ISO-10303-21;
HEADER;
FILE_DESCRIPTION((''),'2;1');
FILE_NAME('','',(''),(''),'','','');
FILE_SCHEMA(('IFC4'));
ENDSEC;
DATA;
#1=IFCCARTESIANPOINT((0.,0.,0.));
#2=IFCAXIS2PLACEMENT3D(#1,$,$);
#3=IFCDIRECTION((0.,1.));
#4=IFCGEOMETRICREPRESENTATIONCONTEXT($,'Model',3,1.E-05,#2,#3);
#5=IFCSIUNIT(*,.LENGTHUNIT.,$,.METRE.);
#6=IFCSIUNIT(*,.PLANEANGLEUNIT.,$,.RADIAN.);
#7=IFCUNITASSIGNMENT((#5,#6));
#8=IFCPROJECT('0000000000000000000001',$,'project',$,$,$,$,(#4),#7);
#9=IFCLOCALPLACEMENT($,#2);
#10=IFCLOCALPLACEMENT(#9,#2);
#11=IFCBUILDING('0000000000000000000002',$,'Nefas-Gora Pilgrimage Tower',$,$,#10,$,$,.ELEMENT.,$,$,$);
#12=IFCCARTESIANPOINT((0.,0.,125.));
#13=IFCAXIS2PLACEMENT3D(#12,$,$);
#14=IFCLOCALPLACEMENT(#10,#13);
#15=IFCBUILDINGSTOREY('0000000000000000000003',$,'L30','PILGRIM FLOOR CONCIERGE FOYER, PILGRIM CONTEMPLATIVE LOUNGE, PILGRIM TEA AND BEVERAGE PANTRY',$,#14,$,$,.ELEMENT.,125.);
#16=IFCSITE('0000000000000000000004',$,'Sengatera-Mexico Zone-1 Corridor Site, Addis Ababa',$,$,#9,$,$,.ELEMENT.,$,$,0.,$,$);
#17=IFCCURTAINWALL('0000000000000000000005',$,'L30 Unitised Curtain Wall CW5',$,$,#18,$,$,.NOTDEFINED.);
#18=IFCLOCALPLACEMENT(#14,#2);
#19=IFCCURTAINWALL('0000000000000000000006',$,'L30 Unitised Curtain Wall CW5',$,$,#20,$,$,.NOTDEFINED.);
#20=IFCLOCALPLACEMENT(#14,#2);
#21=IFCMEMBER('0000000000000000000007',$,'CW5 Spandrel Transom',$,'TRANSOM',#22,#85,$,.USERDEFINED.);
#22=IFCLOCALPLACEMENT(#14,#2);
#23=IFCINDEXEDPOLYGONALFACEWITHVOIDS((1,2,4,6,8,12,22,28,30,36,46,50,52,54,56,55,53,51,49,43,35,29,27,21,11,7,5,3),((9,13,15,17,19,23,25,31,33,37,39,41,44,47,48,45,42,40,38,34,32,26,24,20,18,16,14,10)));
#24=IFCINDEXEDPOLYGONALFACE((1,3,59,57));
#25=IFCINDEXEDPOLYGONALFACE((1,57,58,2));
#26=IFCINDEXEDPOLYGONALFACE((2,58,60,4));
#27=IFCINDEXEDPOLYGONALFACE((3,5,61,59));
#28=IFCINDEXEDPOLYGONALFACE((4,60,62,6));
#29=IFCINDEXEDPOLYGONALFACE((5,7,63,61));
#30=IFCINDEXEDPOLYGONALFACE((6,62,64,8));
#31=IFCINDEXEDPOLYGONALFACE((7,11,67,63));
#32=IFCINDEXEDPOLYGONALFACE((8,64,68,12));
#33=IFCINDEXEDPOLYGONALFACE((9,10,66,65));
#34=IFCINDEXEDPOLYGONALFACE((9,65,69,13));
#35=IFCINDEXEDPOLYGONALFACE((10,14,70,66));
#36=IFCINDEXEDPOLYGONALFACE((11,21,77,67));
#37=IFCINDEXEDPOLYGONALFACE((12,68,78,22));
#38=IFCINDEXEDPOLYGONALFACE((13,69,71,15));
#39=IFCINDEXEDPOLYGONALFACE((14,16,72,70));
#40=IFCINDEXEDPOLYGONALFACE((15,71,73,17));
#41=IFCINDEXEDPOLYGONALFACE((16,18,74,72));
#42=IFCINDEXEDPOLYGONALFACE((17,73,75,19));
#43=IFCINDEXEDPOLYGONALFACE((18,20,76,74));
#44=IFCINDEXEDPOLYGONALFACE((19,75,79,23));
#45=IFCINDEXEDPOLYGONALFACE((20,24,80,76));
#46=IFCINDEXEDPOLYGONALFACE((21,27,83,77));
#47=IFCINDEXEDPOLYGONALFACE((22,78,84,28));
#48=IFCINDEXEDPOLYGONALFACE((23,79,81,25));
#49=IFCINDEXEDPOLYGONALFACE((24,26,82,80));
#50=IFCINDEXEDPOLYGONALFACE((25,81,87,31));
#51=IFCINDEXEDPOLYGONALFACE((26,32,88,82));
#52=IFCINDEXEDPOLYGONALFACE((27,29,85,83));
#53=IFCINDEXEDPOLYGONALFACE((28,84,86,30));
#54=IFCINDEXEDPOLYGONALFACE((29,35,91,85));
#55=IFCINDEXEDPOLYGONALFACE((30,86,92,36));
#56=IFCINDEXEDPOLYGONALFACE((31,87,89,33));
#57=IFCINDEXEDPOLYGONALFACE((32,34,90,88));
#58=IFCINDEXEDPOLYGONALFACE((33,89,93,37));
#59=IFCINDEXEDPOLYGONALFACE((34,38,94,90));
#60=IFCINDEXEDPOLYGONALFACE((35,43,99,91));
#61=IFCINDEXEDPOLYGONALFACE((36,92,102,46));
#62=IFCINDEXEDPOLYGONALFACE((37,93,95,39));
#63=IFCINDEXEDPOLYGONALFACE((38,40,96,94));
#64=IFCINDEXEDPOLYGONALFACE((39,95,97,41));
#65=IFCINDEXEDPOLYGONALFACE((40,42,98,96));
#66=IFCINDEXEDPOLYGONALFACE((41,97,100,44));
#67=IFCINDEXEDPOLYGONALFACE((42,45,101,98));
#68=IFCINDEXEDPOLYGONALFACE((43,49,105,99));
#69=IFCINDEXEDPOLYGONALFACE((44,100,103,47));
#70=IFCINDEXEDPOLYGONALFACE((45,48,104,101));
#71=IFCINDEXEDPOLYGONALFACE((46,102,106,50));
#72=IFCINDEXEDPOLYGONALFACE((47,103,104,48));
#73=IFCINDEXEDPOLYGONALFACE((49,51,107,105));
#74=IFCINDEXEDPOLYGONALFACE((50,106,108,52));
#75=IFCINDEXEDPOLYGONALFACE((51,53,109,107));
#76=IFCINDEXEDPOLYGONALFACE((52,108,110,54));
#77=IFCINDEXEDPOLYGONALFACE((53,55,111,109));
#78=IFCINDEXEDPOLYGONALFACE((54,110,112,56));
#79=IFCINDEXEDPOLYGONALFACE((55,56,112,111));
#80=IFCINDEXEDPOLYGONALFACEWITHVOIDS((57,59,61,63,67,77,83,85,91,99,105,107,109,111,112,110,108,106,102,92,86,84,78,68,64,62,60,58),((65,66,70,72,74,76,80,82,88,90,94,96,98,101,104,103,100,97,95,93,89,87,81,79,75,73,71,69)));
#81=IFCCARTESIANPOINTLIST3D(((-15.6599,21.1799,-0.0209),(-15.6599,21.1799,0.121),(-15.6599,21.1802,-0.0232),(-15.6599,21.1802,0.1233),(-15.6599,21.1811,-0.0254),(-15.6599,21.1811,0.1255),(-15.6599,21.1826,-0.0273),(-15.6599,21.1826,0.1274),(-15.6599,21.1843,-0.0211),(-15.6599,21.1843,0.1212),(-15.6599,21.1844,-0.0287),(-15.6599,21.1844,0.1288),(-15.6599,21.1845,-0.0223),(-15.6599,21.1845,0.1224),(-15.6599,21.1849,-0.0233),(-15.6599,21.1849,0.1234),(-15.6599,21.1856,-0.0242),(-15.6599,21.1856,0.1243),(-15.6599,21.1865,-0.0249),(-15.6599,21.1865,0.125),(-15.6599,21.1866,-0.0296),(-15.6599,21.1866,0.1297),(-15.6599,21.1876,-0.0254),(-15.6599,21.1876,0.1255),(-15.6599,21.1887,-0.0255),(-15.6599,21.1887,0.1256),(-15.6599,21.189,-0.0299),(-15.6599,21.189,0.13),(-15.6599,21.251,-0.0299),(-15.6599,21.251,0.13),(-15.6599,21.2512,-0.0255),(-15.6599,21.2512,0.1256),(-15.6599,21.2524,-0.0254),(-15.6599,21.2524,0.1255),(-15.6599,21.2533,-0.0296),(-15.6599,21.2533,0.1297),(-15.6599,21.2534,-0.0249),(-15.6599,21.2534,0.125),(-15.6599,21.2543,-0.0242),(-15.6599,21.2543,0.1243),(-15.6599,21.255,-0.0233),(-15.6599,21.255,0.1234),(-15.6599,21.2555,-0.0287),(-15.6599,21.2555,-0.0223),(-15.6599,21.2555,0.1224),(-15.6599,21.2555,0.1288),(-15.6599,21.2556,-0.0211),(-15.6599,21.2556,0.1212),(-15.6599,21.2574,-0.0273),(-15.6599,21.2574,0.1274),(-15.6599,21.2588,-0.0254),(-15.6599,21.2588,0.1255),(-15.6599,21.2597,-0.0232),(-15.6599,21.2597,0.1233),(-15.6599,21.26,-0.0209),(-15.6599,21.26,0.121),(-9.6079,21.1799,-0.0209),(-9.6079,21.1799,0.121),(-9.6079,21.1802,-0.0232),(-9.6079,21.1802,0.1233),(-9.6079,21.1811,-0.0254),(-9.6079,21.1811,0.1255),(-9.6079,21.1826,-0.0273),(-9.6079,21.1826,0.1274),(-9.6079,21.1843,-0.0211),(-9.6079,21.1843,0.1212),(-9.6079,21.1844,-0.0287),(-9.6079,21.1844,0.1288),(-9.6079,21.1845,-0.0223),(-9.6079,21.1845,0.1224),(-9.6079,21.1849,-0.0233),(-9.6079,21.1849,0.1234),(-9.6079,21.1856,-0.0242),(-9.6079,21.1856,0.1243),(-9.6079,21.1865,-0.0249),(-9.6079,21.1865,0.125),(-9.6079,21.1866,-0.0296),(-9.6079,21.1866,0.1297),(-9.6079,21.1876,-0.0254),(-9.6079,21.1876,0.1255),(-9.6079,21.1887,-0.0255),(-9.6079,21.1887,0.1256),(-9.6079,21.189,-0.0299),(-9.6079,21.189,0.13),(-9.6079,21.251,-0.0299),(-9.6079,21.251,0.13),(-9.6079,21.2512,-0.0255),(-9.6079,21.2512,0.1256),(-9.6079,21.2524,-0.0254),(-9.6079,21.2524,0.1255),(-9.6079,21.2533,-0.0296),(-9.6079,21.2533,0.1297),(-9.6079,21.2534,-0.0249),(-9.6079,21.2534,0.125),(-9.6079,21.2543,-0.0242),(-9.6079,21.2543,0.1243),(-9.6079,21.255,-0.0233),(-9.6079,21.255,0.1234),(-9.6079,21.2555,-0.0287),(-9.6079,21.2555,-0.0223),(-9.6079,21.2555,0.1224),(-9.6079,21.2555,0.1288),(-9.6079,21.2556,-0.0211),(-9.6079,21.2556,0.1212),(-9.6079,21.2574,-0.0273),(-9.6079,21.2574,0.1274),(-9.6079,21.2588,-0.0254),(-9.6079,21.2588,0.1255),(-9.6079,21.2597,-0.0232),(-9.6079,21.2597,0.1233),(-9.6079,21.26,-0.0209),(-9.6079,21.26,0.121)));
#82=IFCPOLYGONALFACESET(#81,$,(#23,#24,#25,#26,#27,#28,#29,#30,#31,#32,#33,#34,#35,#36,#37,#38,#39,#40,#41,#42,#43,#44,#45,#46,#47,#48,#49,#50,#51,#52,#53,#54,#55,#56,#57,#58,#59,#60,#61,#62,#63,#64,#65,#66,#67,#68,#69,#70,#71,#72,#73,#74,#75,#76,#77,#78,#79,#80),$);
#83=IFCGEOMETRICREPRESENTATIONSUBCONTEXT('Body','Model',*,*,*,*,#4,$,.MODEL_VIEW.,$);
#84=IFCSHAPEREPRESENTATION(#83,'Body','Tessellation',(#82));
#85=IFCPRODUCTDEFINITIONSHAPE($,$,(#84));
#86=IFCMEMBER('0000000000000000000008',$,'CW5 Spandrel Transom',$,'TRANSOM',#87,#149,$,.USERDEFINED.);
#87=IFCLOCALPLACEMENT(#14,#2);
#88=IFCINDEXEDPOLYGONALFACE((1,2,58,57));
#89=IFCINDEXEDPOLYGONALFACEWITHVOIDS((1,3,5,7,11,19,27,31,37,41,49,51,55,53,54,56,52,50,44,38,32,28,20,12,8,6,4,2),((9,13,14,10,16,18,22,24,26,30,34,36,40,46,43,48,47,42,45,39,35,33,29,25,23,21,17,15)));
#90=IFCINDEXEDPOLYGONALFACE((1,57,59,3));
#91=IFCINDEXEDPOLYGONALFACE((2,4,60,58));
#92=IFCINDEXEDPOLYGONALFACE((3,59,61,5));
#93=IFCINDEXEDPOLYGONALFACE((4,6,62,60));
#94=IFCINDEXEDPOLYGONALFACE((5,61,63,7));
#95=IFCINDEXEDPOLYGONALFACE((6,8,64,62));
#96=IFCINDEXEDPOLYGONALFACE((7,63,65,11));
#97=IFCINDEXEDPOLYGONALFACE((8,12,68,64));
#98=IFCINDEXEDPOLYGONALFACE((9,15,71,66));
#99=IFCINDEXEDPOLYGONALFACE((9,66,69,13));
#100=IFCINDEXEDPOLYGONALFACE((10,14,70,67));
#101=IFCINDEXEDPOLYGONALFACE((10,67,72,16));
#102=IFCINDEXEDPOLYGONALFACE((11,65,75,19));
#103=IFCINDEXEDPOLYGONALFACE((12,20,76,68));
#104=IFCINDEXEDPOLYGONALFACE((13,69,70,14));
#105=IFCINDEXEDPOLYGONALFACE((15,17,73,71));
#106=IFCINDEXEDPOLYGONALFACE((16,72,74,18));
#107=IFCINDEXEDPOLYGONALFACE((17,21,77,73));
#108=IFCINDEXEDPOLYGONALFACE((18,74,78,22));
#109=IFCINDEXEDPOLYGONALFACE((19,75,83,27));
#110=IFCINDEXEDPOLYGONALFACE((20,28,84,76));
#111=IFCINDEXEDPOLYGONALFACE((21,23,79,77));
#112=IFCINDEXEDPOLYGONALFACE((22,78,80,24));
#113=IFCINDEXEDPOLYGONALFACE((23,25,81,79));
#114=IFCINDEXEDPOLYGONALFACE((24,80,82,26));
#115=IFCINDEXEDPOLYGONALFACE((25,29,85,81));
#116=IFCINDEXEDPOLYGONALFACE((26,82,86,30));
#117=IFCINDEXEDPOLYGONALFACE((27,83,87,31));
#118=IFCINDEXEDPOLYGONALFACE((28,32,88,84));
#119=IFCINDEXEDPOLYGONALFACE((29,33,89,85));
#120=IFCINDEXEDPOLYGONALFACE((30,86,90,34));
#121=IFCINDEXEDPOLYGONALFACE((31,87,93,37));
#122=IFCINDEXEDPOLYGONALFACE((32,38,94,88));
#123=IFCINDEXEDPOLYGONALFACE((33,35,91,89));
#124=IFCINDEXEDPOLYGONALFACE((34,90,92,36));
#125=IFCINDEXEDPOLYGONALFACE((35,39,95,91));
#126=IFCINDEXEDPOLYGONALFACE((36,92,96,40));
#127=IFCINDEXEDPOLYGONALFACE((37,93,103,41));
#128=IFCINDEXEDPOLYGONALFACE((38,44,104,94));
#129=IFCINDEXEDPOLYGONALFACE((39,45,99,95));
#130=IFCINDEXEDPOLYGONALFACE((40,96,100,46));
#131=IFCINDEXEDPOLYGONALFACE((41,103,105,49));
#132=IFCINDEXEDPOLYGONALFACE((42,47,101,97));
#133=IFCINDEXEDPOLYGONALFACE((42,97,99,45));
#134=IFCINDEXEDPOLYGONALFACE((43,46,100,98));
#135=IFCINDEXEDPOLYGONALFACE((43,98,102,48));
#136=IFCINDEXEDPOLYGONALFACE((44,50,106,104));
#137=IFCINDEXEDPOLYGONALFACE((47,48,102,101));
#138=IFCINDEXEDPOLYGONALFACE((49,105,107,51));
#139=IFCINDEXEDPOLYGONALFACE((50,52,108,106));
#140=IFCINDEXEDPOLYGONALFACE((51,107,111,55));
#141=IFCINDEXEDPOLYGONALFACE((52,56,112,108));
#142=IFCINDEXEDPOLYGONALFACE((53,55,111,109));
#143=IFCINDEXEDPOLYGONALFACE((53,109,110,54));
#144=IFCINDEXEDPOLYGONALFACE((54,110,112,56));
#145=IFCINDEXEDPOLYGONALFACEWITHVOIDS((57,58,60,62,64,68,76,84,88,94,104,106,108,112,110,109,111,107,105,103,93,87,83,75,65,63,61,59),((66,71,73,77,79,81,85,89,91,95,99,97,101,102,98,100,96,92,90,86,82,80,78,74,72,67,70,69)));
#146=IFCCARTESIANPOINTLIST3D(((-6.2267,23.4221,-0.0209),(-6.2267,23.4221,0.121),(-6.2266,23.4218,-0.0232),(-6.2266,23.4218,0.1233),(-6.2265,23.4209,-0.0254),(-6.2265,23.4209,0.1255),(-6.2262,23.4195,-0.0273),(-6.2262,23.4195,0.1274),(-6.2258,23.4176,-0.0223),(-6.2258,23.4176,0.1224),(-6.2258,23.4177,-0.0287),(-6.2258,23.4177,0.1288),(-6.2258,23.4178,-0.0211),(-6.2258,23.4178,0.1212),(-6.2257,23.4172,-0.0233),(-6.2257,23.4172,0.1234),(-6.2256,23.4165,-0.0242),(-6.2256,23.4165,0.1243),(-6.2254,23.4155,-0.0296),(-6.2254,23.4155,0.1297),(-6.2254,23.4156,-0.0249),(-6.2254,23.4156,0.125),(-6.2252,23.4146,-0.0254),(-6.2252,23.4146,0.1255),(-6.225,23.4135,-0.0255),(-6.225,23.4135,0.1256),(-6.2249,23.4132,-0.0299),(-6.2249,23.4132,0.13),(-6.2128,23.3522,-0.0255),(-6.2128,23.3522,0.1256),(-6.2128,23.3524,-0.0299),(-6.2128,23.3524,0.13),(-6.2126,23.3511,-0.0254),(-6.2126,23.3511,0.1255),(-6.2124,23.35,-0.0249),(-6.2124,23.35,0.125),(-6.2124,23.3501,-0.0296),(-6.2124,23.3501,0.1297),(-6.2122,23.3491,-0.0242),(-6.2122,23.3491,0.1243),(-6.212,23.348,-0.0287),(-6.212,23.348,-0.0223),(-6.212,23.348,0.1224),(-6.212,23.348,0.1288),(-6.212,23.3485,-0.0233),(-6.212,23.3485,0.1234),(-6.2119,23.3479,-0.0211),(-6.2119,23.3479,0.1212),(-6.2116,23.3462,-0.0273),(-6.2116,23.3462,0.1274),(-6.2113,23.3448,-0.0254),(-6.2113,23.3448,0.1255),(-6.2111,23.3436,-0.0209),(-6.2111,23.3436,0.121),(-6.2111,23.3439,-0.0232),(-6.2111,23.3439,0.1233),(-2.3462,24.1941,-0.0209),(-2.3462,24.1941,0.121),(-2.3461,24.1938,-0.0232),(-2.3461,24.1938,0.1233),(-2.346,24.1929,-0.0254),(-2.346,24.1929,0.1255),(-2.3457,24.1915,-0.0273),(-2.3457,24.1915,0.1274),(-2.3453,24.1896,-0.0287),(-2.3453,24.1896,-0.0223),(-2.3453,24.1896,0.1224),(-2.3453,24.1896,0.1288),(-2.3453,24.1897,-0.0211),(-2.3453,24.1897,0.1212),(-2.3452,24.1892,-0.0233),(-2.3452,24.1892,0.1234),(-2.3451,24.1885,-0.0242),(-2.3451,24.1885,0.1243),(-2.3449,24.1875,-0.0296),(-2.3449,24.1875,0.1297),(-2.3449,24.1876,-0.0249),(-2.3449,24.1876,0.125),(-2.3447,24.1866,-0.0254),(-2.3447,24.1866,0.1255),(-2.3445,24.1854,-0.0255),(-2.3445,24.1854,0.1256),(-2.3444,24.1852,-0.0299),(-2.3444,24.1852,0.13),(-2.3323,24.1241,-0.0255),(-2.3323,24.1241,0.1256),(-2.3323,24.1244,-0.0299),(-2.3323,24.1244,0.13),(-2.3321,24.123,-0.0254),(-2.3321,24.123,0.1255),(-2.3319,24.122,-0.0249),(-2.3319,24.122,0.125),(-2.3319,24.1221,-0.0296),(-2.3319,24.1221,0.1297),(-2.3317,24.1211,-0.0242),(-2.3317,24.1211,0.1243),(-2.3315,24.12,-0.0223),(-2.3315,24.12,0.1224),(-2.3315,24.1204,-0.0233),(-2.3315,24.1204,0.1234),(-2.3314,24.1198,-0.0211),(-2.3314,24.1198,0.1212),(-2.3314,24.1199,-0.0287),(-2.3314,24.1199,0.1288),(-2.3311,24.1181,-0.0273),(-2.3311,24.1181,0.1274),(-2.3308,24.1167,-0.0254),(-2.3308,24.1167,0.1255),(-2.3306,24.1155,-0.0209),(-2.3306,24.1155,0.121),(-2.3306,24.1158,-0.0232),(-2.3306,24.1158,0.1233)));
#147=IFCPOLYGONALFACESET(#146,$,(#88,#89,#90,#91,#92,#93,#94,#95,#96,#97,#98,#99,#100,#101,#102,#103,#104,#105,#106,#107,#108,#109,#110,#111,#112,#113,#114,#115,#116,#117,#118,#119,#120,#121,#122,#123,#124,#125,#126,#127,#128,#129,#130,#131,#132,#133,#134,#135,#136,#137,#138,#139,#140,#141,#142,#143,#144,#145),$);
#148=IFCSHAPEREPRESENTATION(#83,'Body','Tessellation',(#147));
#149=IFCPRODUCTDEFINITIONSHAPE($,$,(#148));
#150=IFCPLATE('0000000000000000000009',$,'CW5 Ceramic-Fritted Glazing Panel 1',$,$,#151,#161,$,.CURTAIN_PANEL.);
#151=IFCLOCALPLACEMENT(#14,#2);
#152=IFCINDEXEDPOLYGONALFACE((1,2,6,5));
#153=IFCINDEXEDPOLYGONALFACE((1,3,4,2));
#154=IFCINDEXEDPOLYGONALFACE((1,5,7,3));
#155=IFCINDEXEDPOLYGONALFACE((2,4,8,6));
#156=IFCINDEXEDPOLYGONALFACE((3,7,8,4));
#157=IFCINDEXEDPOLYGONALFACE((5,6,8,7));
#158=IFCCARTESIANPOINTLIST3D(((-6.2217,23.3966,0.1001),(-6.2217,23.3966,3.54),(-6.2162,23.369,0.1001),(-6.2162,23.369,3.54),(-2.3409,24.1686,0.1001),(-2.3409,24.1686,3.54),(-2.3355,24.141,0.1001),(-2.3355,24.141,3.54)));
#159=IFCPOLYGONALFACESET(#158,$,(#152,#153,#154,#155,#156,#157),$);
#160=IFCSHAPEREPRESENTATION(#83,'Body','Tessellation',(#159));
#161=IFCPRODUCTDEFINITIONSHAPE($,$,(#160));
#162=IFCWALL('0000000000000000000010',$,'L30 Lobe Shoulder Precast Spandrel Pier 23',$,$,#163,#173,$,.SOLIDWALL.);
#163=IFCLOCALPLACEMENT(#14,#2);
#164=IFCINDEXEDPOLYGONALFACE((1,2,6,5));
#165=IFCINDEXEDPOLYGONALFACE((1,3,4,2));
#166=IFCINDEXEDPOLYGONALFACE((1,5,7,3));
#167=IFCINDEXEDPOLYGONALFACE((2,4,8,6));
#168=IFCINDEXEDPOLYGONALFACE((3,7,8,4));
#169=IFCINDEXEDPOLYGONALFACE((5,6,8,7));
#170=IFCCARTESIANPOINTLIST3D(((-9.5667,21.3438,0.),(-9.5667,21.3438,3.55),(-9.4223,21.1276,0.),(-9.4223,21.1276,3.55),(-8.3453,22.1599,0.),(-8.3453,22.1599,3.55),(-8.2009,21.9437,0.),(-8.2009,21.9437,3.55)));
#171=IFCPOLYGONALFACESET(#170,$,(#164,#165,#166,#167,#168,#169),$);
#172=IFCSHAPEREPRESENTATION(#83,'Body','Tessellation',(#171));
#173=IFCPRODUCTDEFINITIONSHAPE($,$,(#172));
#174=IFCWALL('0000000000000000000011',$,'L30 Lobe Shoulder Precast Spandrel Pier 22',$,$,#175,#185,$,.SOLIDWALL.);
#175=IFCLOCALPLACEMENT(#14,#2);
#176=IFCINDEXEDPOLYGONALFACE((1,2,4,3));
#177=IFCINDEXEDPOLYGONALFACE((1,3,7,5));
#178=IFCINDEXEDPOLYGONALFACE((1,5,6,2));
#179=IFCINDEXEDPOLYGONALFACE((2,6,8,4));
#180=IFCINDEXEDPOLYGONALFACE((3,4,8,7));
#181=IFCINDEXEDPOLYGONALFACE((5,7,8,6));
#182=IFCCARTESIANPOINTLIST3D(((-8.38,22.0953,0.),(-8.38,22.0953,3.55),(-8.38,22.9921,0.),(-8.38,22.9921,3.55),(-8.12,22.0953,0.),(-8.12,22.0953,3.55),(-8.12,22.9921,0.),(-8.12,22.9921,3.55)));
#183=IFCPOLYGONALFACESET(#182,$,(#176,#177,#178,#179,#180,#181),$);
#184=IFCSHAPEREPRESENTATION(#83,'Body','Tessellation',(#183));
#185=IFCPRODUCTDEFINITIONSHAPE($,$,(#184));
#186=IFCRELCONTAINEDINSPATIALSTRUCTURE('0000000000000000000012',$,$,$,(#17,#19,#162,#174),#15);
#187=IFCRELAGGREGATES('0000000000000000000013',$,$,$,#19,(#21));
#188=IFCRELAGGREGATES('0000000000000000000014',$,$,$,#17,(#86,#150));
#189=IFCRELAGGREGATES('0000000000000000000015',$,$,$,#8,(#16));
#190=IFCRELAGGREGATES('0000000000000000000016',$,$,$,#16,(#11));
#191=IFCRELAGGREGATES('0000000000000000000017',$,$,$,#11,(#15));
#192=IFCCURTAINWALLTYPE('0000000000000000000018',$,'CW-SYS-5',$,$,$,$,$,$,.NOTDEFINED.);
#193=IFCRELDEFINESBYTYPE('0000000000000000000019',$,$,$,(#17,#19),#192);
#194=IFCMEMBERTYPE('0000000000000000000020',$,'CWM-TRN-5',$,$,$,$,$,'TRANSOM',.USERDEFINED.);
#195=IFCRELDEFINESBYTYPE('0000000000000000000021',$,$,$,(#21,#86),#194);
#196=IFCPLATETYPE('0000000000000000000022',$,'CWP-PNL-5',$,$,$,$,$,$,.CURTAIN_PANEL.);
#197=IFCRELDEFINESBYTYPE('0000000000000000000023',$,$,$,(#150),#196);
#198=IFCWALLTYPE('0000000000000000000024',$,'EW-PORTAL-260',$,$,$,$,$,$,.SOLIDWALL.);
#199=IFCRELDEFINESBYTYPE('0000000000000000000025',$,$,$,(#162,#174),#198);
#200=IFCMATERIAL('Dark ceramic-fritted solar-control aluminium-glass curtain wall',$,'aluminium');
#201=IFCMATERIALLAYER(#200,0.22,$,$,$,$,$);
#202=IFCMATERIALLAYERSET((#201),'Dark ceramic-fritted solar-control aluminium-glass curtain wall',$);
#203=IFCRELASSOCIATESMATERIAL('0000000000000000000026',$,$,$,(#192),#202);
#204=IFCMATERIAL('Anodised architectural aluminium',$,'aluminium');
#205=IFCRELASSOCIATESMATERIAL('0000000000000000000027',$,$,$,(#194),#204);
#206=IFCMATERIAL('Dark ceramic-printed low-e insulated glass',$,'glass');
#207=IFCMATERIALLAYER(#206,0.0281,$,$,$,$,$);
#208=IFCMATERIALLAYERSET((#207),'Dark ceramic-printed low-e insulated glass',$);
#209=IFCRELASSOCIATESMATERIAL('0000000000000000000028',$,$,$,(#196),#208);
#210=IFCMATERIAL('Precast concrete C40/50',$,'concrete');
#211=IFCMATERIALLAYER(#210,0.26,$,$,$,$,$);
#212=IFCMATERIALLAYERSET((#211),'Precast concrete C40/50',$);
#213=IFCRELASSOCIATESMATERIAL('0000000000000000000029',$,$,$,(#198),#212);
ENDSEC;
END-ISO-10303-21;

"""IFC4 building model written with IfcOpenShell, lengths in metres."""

from ifc_helpers import new_model, si_unit, direction, frame, frame_2d, origin, origin_2d, place, context, subcontext, project, spatial, rectangle, hollow_rectangle, extrude, source, transform, mapped, material, layer, layer_set, material_profile, profile_set, type_object, element, aggregate, save


model = new_model("IFC4")

# Units and contexts
model_context = context("Model", 3, precision=1e-05, world=origin(), true_north=direction((0.0, 1.0)))
body_context = subcontext(model_context, "Body", "Model", "MODEL_VIEW")
ifc_project = project(units=[si_unit("LENGTHUNIT", "METRE"), si_unit("PLANEANGLEUNIT", "RADIAN")], contexts=[model_context])

# Site, building, storey
site_placement = place(None, origin())
site = spatial("IfcSite", under=ifc_project, at=site_placement, Name="Sengatera-Mexico Zone-1 Corridor Site, Addis Ababa", CompositionType="ELEMENT", RefElevation=0.0)
building_placement = place(site_placement, origin())
building = spatial("IfcBuilding", under=site, at=building_placement, Name="Nefas-Gora Pilgrimage Tower", CompositionType="ELEMENT")
storey_placement = place(building_placement, frame((0.0, 0.0, 125.0)))
storey = spatial("IfcBuildingStorey", under=building, at=storey_placement, Name="L30", Description="PILGRIM FLOOR CONCIERGE FOYER, PILGRIM CONTEMPLATIVE LOUNGE, PILGRIM TEA AND BEVERAGE PANTRY", CompositionType="ELEMENT", Elevation=125.0)

# Curtain walls, member
ifc_material_1 = material(Name="Dark ceramic-fritted solar-control aluminium-glass curtain wall", Category="aluminium")
ifc_layer_1 = layer(ifc_material_1, 0.22)
ifc_layer_set_1 = layer_set([ifc_layer_1], Name="Dark ceramic-fritted solar-control aluminium-glass curtain wall")
curtain_wall_type = type_object("IfcCurtainWallType", Name="CW-SYS-5", PredefinedType="NOTDEFINED", material=ifc_layer_set_1)
curtain_wall_1_placement = place(storey_placement, origin())
curtain_wall_1 = element("IfcCurtainWall", 1, at=curtain_wall_1_placement, inside=storey, type_object=curtain_wall_type, Name="L30 Unitised Curtain Wall CW5", PredefinedType="NOTDEFINED")
ifc_material_2 = material(Name="Anodised architectural aluminium", Category="aluminium")
curtain_wall_2_placement = place(storey_placement, origin())
curtain_wall_2 = element("IfcCurtainWall", 2, at=curtain_wall_2_placement, inside=storey, type_object=curtain_wall_type, Name="L30 Unitised Curtain Wall CW5", PredefinedType="NOTDEFINED")
ifc_material_profile_1 = material_profile(ifc_material_2, hollow_rectangle(XDim=0.0801, YDim=0.1599, WallThickness=0.0044, InnerFilletRadius=0.0044, OuterFilletRadius=0.009, at=origin_2d()), Name="ALU TRANSOM 80x160")
ifc_profile_set_1 = profile_set([ifc_material_profile_1], Name="Anodised architectural aluminium")
member_type_1 = type_object("IfcMemberType", Name="CWM-TRN-5", ElementType="TRANSOM", PredefinedType="USERDEFINED", material=ifc_profile_set_1)
shared_shape_1 = source(origin(), body_context, "Body", "SweptSolid", [
    extrude(hollow_rectangle(XDim=0.0801, YDim=0.1599, WallThickness=0.0044, InnerFilletRadius=0.0044, OuterFilletRadius=0.009, at=origin_2d()), origin(), (0.0, 0.0, 1.0), 6.052),
])
member_1_placement = place(storey_placement, frame((-9.6079, 21.22, 0.05), z_axis=(-1.0, 0.0, 0.0), x_axis=(0.0, -1.0, 0.0)))
member_1 = element("IfcMember", 3, at=member_1_placement, type_object=member_type_1, Name="CW5 Spandrel Transom", ObjectType="TRANSOM", PredefinedType="USERDEFINED", context=body_context, shape_type="MappedRepresentation", body=[
    mapped(shared_shape_1, transform((0.0, 0.0, 0.0), x_axis=(1.0, 0.0, 0.0), y_axis=(0.0, 1.0, 0.0), z_axis=(0.0, 0.0, 1.0), scale=1.0)),
])
aggregate(curtain_wall_2, [member_1])

# Member
shared_shape_2 = source(origin(), body_context, "Body", "SweptSolid", [
    extrude(hollow_rectangle(XDim=0.0801, YDim=0.1599, WallThickness=0.0044, InnerFilletRadius=0.0044, OuterFilletRadius=0.009, at=origin_2d()), origin(), (0.0, 0.0, 1.0), 3.9565),
])
member_2_placement = place(storey_placement, frame((-2.3384, 24.1548, 0.05), z_axis=(-0.980782, -0.195107, 0.0), x_axis=(0.195107, -0.980782, 0.0)))
member_2 = element("IfcMember", 4, at=member_2_placement, type_object=member_type_1, Name="CW5 Spandrel Transom", ObjectType="TRANSOM", PredefinedType="USERDEFINED", context=body_context, shape_type="MappedRepresentation", body=[
    mapped(shared_shape_2, transform((0.0, 0.0, 0.0), x_axis=(1.0, 0.0, 0.0), y_axis=(0.0, 1.0, 0.0), z_axis=(0.0, 0.0, 1.0), scale=1.0)),
])

# Plate
ifc_material_3 = material(Name="Dark ceramic-printed low-e insulated glass", Category="glass")
ifc_layer_2 = layer(ifc_material_3, 0.0281)
ifc_layer_set_2 = layer_set([ifc_layer_2], Name="Dark ceramic-printed low-e insulated glass")
plate_type = type_object("IfcPlateType", Name="CWP-PNL-5", PredefinedType="CURTAIN_PANEL", material=ifc_layer_set_2)
shared_shape_3 = source(origin(), body_context, "Body", "SweptSolid", [
    extrude(rectangle(XDim=3.9568, YDim=0.0281, at=origin_2d()), origin(), (0.0, 0.0, 1.0), 3.4399),
])
plate_placement = place(storey_placement, frame((-4.2786, 23.7688, 0.1001), z_axis=(0.0, 0.0, 1.0), x_axis=(-0.980783, -0.195102, 0.0)))
plate = element("IfcPlate", 5, at=plate_placement, type_object=plate_type, Name="CW5 Ceramic-Fritted Glazing Panel 1", PredefinedType="CURTAIN_PANEL", context=body_context, shape_type="MappedRepresentation", body=[
    mapped(shared_shape_3, transform((0.0, 0.0, 0.0), x_axis=(1.0, 0.0, 0.0), y_axis=(0.0, 1.0, 0.0), z_axis=(0.0, 0.0, 1.0), scale=1.0)),
])
aggregate(curtain_wall_1, [member_2, plate])

# Walls
ifc_material_4 = material(Name="Precast concrete C40/50", Category="concrete")
ifc_layer_3 = layer(ifc_material_4, 0.26)
ifc_layer_set_3 = layer_set([ifc_layer_3], Name="Precast concrete C40/50")
wall_type_1 = type_object("IfcWallType", Name="EW-PORTAL-260", PredefinedType="SOLIDWALL", material=ifc_layer_set_3)
shared_shape_4 = source(origin(), body_context, "Body", "SweptSolid", [
    extrude(rectangle(XDim=1.469, YDim=0.26, at=frame_2d((0.7344, 0.0))), origin(), (0.0, 0.0, 1.0), 3.55),
])
wall_1_placement = place(storey_placement, frame((-8.2732, 22.0518, 0.0), z_axis=(0.0, 0.0, 1.0), x_axis=(-0.831462, -0.555582, 0.0)))
element("IfcWall", 6, at=wall_1_placement, inside=storey, type_object=wall_type_1, Name="L30 Lobe Shoulder Precast Spandrel Pier 23", PredefinedType="SOLIDWALL", context=body_context, shape_type="MappedRepresentation", body=[
    mapped(shared_shape_4, transform((0.0, 0.0, 0.0), x_axis=(1.0, 0.0, 0.0), y_axis=(0.0, 1.0, 0.0), z_axis=(0.0, 0.0, 1.0), scale=1.0)),
])
shared_shape_5 = source(origin(), body_context, "Body", "SweptSolid", [
    extrude(rectangle(XDim=0.8967, YDim=0.26, at=frame_2d((0.4482, 0.0))), origin(), (0.0, 0.0, 1.0), 3.55),
])
wall_2_placement = place(storey_placement, frame((-8.25, 22.9919, 0.0), z_axis=(0.0, 0.0, 1.0), x_axis=(0.0, -1.0, 0.0)))
element("IfcWall", 7, at=wall_2_placement, inside=storey, type_object=wall_type_1, Name="L30 Lobe Shoulder Precast Spandrel Pier 22", PredefinedType="SOLIDWALL", context=body_context, shape_type="MappedRepresentation", body=[
    mapped(shared_shape_5, transform((0.0, 0.0, 0.0), x_axis=(1.0, 0.0, 0.0), y_axis=(0.0, 1.0, 0.0), z_axis=(0.0, 0.0, 1.0), scale=1.0)),
])

save(model, "model.ifc")
